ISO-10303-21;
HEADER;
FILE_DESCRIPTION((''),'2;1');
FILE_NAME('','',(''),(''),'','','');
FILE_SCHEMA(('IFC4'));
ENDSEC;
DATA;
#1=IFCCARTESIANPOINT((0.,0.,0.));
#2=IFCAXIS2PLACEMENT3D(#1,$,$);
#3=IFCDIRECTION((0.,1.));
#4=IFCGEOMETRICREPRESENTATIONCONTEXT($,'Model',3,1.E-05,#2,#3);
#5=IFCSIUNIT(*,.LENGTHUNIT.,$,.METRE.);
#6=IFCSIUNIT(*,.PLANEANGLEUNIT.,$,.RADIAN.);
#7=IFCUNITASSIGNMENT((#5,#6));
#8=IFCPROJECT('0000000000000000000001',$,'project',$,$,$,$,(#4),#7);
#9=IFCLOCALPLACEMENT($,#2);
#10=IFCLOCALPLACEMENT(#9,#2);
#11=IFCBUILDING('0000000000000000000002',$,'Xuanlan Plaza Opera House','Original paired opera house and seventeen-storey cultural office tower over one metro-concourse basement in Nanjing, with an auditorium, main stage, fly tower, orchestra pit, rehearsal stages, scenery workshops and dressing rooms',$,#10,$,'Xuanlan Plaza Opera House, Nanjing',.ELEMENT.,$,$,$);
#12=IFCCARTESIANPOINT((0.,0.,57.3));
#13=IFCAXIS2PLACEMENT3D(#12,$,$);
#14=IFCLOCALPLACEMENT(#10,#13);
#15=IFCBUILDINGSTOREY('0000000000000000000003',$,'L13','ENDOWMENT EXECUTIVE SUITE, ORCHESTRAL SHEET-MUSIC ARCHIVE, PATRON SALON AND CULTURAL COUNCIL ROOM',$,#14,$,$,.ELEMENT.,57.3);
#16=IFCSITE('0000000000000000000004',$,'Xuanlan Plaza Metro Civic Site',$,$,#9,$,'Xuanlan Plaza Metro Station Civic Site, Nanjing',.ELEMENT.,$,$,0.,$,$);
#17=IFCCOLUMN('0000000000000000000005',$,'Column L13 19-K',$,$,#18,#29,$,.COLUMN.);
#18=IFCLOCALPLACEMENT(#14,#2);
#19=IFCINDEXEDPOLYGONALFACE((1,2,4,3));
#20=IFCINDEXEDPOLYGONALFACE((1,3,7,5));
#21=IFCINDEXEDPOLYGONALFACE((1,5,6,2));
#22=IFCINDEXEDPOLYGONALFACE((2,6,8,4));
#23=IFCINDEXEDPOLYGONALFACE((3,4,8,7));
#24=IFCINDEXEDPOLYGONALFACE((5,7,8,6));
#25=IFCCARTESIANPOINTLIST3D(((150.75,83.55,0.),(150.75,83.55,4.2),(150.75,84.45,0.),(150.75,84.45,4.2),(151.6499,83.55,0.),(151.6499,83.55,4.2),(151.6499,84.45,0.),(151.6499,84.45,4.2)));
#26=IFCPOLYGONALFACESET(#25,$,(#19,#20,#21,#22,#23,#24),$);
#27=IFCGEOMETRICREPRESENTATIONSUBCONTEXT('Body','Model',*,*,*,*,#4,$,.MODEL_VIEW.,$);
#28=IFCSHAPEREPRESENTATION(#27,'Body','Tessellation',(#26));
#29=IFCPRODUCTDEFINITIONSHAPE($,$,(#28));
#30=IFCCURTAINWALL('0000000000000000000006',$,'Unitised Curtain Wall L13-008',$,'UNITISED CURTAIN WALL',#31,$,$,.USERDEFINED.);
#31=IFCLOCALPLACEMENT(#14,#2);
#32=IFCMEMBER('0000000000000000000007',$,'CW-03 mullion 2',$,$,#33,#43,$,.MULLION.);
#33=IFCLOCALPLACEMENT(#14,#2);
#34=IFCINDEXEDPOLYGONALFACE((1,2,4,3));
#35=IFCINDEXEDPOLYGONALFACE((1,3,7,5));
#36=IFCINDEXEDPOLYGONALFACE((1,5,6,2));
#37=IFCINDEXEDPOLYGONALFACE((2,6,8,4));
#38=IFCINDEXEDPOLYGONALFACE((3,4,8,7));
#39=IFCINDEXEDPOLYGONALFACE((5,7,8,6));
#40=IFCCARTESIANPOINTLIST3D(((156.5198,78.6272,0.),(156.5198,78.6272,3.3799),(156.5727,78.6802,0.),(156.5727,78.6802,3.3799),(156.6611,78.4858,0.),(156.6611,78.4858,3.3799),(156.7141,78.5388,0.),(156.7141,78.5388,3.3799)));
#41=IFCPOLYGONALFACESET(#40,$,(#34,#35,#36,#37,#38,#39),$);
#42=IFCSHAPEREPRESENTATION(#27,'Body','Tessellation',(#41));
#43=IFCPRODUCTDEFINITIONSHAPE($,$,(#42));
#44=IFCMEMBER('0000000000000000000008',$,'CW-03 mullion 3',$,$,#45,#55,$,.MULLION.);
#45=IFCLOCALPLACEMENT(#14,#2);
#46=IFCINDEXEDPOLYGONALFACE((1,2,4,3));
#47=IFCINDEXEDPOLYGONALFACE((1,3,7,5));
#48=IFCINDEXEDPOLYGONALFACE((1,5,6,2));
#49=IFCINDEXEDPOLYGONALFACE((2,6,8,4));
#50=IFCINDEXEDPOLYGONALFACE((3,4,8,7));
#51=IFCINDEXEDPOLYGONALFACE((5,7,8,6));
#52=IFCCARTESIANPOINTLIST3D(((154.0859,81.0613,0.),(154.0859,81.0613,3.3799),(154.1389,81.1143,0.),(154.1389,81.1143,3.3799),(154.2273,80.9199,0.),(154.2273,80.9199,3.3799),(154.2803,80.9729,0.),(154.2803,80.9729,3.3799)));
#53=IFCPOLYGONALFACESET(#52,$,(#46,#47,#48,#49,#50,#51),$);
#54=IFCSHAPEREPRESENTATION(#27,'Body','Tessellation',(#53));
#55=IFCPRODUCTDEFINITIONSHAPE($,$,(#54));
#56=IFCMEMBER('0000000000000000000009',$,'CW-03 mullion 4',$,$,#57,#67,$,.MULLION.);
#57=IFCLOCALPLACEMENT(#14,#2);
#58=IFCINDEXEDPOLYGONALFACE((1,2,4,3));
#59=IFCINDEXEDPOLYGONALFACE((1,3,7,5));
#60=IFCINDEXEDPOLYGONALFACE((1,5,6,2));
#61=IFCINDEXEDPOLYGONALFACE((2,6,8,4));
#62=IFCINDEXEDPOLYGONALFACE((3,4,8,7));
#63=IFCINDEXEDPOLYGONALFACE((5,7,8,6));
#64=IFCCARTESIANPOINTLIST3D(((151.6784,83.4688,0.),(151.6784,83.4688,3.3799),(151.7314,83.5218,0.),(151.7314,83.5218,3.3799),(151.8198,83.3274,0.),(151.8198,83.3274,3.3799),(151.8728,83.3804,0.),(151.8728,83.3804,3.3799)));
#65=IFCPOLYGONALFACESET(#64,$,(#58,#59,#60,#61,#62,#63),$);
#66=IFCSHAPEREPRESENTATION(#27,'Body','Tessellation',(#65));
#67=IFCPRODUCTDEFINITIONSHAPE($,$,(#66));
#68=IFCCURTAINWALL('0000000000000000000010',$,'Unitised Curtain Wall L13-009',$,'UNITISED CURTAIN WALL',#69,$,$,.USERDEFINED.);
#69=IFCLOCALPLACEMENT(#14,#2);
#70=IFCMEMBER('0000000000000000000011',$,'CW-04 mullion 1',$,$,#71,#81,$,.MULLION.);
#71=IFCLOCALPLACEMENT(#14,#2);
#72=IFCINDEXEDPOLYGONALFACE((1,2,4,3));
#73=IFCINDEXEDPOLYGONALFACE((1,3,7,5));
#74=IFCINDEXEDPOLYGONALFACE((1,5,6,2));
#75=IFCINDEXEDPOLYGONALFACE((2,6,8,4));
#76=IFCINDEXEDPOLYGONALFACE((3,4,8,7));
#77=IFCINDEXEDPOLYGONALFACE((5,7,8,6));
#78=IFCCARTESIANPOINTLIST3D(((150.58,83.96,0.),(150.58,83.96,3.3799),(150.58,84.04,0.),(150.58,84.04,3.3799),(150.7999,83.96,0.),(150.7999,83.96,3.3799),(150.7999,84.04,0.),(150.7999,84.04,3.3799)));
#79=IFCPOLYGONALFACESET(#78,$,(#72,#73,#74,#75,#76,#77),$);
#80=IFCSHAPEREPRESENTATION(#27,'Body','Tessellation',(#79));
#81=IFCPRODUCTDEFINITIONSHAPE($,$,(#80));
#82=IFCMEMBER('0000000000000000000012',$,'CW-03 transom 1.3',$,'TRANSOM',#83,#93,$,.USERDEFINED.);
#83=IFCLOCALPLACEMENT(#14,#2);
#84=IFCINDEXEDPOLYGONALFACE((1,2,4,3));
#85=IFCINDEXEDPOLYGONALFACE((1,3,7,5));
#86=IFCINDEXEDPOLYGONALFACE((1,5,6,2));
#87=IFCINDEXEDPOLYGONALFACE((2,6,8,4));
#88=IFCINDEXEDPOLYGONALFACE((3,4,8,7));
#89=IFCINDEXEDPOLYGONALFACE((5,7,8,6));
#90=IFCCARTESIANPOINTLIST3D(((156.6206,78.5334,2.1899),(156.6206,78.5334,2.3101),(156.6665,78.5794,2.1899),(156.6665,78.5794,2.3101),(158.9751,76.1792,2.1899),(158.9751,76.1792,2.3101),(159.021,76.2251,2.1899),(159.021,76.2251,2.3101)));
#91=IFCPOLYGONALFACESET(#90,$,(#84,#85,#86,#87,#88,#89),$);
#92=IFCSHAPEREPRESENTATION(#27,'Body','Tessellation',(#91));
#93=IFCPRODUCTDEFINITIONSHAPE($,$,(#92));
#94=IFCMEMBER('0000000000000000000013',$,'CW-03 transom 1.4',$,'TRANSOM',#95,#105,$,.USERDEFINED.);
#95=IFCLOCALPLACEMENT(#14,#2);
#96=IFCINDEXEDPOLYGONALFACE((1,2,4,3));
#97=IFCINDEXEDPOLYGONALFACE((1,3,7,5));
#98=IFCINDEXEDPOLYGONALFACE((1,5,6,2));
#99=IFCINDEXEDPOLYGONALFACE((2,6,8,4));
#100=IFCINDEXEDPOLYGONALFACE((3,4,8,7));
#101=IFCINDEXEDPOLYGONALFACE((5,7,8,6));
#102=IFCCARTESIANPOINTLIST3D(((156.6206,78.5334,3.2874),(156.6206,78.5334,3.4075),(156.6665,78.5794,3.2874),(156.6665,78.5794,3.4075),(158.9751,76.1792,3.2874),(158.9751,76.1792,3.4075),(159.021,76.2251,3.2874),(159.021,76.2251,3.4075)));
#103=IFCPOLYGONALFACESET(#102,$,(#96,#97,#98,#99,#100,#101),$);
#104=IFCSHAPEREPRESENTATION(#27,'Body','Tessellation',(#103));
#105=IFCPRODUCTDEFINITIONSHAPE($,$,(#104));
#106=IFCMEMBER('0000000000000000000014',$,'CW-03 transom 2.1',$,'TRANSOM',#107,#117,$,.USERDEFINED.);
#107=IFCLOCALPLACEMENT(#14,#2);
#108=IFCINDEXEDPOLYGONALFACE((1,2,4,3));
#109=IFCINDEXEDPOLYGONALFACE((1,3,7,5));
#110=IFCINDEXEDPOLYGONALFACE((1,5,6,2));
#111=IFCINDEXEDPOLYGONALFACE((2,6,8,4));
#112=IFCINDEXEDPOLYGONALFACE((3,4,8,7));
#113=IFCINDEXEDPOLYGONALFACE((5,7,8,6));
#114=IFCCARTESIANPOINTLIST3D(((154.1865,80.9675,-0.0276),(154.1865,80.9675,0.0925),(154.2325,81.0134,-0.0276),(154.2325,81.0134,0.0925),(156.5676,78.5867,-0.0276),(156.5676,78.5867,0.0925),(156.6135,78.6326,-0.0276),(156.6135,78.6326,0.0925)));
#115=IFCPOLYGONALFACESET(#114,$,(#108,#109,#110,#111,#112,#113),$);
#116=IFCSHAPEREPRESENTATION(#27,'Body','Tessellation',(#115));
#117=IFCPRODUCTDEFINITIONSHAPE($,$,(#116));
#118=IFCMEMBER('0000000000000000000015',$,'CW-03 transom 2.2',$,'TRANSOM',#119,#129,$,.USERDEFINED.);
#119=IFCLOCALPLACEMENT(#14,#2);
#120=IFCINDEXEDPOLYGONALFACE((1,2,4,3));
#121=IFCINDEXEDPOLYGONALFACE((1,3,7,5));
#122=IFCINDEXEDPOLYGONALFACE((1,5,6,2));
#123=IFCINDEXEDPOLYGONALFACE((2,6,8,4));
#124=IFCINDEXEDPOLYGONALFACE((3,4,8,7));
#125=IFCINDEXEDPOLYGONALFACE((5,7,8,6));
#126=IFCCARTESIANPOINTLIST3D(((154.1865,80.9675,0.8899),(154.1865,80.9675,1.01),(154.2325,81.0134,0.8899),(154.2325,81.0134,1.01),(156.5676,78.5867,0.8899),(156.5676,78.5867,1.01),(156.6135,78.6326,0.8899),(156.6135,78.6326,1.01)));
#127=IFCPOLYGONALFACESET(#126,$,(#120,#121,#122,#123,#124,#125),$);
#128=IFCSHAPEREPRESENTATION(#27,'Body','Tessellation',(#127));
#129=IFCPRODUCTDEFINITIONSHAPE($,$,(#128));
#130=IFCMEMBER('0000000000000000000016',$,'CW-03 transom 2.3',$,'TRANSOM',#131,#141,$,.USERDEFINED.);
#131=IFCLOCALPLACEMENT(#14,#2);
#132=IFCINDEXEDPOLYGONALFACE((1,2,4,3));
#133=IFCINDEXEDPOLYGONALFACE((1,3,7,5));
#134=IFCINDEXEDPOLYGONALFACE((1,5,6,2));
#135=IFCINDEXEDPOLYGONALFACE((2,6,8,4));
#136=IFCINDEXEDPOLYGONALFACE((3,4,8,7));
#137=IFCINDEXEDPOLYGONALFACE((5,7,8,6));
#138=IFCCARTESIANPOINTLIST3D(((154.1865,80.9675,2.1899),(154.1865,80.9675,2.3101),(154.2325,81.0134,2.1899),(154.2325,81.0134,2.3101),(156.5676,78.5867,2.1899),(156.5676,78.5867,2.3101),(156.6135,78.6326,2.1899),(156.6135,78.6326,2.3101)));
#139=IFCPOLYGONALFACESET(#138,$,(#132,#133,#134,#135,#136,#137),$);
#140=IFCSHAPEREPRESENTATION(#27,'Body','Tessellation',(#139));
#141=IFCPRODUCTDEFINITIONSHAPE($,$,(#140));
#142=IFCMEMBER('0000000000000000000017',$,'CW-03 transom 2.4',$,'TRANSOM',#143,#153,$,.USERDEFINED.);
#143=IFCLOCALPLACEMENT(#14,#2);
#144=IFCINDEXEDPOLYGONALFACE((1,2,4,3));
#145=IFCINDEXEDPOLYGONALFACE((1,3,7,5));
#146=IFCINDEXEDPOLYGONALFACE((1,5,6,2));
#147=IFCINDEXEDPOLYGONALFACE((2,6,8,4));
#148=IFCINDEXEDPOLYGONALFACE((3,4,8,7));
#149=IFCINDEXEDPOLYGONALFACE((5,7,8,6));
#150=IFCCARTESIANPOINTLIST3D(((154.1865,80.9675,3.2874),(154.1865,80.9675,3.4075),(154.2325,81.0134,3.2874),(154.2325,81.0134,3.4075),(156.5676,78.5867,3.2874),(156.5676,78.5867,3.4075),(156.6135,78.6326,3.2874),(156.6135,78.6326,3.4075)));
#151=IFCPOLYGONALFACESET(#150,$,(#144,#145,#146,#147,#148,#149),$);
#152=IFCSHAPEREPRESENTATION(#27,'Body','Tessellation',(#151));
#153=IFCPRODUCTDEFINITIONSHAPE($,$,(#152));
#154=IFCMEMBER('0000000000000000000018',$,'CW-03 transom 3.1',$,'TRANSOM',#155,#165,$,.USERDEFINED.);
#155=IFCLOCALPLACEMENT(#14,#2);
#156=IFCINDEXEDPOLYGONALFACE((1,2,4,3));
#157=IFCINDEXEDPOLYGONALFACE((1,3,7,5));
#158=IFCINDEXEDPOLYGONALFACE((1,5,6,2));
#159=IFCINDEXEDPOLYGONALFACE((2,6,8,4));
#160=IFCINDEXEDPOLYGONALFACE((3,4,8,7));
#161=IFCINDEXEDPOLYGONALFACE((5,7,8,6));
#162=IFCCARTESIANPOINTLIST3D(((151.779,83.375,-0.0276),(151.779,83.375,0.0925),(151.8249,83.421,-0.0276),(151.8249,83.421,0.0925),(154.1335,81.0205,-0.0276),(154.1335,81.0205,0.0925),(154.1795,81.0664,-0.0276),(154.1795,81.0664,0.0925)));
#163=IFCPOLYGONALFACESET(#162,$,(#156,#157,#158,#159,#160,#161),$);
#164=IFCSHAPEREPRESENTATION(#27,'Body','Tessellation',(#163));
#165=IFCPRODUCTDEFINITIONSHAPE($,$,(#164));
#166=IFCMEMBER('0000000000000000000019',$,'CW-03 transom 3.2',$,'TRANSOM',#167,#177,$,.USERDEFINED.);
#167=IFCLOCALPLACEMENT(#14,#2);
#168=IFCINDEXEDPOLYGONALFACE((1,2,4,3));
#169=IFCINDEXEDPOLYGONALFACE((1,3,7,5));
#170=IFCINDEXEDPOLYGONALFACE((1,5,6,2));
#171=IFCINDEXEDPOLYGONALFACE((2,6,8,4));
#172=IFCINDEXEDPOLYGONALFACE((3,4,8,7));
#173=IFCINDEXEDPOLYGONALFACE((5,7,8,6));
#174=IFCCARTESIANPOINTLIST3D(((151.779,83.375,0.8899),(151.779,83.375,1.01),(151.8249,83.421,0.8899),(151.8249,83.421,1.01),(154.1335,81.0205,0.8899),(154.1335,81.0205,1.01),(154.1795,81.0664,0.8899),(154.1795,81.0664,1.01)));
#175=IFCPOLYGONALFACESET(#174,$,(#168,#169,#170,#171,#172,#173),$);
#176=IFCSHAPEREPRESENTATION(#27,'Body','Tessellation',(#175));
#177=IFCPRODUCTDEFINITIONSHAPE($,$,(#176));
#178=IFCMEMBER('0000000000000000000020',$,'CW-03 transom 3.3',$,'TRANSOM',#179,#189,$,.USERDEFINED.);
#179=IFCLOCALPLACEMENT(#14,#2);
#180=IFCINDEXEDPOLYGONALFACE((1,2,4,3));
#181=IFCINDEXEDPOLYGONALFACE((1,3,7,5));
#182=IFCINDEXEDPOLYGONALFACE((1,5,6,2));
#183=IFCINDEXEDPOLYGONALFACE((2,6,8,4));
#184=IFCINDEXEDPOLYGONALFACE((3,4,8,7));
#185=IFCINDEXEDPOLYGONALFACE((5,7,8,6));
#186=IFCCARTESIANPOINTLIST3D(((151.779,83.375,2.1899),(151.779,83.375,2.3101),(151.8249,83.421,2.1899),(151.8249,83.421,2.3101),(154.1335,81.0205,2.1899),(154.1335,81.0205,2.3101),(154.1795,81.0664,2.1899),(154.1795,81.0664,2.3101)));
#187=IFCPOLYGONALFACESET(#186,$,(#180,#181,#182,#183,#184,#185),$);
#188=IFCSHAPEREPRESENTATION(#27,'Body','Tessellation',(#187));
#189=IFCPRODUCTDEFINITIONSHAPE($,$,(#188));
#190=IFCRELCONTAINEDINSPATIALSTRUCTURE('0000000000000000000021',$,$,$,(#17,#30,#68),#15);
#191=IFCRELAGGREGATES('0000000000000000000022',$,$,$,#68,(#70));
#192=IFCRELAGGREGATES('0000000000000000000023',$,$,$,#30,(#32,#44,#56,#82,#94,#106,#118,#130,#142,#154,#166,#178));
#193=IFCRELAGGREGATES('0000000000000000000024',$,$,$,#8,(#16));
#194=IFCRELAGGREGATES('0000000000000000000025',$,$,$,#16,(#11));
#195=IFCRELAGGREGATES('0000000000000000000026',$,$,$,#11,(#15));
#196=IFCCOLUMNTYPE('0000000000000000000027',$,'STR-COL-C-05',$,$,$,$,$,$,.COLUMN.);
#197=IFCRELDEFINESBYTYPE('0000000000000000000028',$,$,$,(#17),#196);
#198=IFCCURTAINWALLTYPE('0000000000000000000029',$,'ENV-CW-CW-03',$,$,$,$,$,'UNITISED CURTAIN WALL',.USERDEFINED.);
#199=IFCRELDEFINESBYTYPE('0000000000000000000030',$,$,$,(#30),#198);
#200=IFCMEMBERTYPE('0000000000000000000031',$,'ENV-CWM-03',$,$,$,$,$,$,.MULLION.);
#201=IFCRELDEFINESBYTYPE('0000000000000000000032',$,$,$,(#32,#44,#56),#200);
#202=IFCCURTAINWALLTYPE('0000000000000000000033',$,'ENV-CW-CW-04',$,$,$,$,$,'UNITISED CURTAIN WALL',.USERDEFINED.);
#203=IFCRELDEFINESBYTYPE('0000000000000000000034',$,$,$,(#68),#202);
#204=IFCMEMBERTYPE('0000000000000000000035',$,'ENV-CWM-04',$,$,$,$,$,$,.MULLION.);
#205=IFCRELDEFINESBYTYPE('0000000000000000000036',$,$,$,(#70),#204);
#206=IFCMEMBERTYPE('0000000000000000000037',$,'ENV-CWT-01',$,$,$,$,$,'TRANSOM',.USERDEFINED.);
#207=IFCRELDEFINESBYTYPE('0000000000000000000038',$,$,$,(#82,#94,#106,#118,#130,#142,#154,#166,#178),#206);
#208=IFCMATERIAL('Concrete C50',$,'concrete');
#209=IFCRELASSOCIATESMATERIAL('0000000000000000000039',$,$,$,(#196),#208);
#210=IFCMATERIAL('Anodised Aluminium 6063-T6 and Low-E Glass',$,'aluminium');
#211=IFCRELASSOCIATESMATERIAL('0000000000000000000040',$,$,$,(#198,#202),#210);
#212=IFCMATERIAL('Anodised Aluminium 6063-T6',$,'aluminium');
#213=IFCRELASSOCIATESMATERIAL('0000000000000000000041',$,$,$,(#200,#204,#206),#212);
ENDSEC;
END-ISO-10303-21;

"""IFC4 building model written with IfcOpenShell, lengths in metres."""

from ifc_helpers import new_model, si_unit, direction, frame, origin, origin_2d, place, context, subcontext, project, spatial, rectangle, extrude, material, material_profile, profile_set, type_object, element, aggregate, save


model = new_model("IFC4")

# Units and contexts
model_context = context("Model", 3, precision=1e-05, world=origin(), true_north=direction((0.0, 1.0)))
body_context = subcontext(model_context, "Body", "Model", "MODEL_VIEW")
ifc_project = project(units=[si_unit("LENGTHUNIT", "METRE"), si_unit("PLANEANGLEUNIT", "RADIAN")], contexts=[model_context])

# Site, building, storey
site_placement = place(None, origin())
site = spatial("IfcSite", under=ifc_project, at=site_placement, Name="Xuanlan Plaza Metro Civic Site", LongName="Xuanlan Plaza Metro Station Civic Site, Nanjing", CompositionType="ELEMENT", RefElevation=0.0)
building_placement = place(site_placement, origin())
building = spatial("IfcBuilding", under=site, at=building_placement, Name="Xuanlan Plaza Opera House", Description="Original paired opera house and seventeen-storey cultural office tower over one metro-concourse basement in Nanjing, with an auditorium, main stage, fly tower, orchestra pit, rehearsal stages, scenery workshops and dressing rooms", LongName="Xuanlan Plaza Opera House, Nanjing", CompositionType="ELEMENT")
storey_placement = place(building_placement, frame((0.0, 0.0, 57.3)))
storey = spatial("IfcBuildingStorey", under=building, at=storey_placement, Name="L13", Description="ENDOWMENT EXECUTIVE SUITE, ORCHESTRAL SHEET-MUSIC ARCHIVE, PATRON SALON AND CULTURAL COUNCIL ROOM", CompositionType="ELEMENT", Elevation=57.3)

# Column
ifc_material_1 = material(Name="Concrete C50", Category="concrete")
ifc_material_profile_1 = material_profile(ifc_material_1, rectangle(XDim=0.8999, YDim=0.8999, at=origin_2d()), Name="RC-COL 900x900")
ifc_profile_set_1 = profile_set([ifc_material_profile_1], Name="Concrete C50")
column_type = type_object("IfcColumnType", Name="STR-COL-C-05", PredefinedType="COLUMN", material=ifc_profile_set_1)
column_placement = place(storey_placement, frame((151.2, 84.0, 0.0), z_axis=(0.0, 0.0, 1.0), x_axis=(1.0, 0.0, 0.0)))
element("IfcColumn", 1, at=column_placement, inside=storey, type_object=column_type, Name="Column L13 19-K", PredefinedType="COLUMN", context=body_context, shape_type="SweptSolid", body=[
    extrude(rectangle(XDim=0.8999, YDim=0.8999, at=origin_2d()), origin(), (0.0, 0.0, 1.0), 4.2),
])

# Curtain wall, members
ifc_material_2 = material(Name="Anodised Aluminium 6063-T6 and Low-E Glass", Category="aluminium")
curtain_wall_type_1 = type_object("IfcCurtainWallType", Name="ENV-CW-CW-03", ElementType="UNITISED CURTAIN WALL", PredefinedType="USERDEFINED", material=ifc_material_2)
curtain_wall_1_placement = place(storey_placement, origin())
curtain_wall_1 = element("IfcCurtainWall", 2, at=curtain_wall_1_placement, inside=storey, type_object=curtain_wall_type_1, Name="Unitised Curtain Wall L13-008", ObjectType="UNITISED CURTAIN WALL", PredefinedType="USERDEFINED")
ifc_material_3 = material(Name="Anodised Aluminium 6063-T6", Category="aluminium")
ifc_material_profile_2 = material_profile(ifc_material_3, rectangle(XDim=0.075, YDim=0.2, at=origin_2d()), Name="ALU-M 75x200")
ifc_profile_set_2 = profile_set([ifc_material_profile_2], Name="Anodised Aluminium 6063-T6")
member_type_1 = type_object("IfcMemberType", Name="ENV-CWM-03", PredefinedType="MULLION", material=ifc_profile_set_2)
member_1_placement = place(storey_placement, frame((156.6169, 78.583, 0.0), z_axis=(0.0, 0.0, 1.0), x_axis=(-0.707107, -0.707107, 0.0)))
member_1 = element("IfcMember", 3, at=member_1_placement, type_object=member_type_1, Name="CW-03 mullion 2", PredefinedType="MULLION", context=body_context, shape_type="SweptSolid", body=[
    extrude(rectangle(XDim=0.075, YDim=0.2, at=origin_2d()), origin(), (0.0, 0.0, 1.0), 3.3799),
])
member_2_placement = place(storey_placement, frame((154.1831, 81.0171, 0.0), z_axis=(0.0, 0.0, 1.0), x_axis=(-0.707107, -0.707107, 0.0)))
member_2 = element("IfcMember", 4, at=member_2_placement, type_object=member_type_1, Name="CW-03 mullion 3", PredefinedType="MULLION", context=body_context, shape_type="SweptSolid", body=[
    extrude(rectangle(XDim=0.075, YDim=0.2, at=origin_2d()), origin(), (0.0, 0.0, 1.0), 3.3799),
])
member_3_placement = place(storey_placement, frame((151.7756, 83.4246, 0.0), z_axis=(0.0, 0.0, 1.0), x_axis=(-0.707107, -0.707107, 0.0)))
member_3 = element("IfcMember", 5, at=member_3_placement, type_object=member_type_1, Name="CW-03 mullion 4", PredefinedType="MULLION", context=body_context, shape_type="SweptSolid", body=[
    extrude(rectangle(XDim=0.075, YDim=0.2, at=origin_2d()), origin(), (0.0, 0.0, 1.0), 3.3799),
])

# Curtain wall, member
curtain_wall_type_2 = type_object("IfcCurtainWallType", Name="ENV-CW-CW-04", ElementType="UNITISED CURTAIN WALL", PredefinedType="USERDEFINED", material=ifc_material_2)
curtain_wall_2_placement = place(storey_placement, origin())
curtain_wall_2 = element("IfcCurtainWall", 6, at=curtain_wall_2_placement, inside=storey, type_object=curtain_wall_type_2, Name="Unitised Curtain Wall L13-009", ObjectType="UNITISED CURTAIN WALL", PredefinedType="USERDEFINED")
ifc_material_profile_3 = material_profile(ifc_material_3, rectangle(XDim=0.0801, YDim=0.22, at=origin_2d()), Name="ALU-M 80x220")
ifc_profile_set_3 = profile_set([ifc_material_profile_3], Name="Anodised Aluminium 6063-T6")
member_type_2 = type_object("IfcMemberType", Name="ENV-CWM-04", PredefinedType="MULLION", material=ifc_profile_set_3)
member_4_placement = place(storey_placement, frame((150.6899, 84.0, 0.0), z_axis=(0.0, 0.0, 1.0), x_axis=(0.0, -1.0, 0.0)))
member_4 = element("IfcMember", 7, at=member_4_placement, type_object=member_type_2, Name="CW-04 mullion 1", PredefinedType="MULLION", context=body_context, shape_type="SweptSolid", body=[
    extrude(rectangle(XDim=0.0801, YDim=0.22, at=origin_2d()), origin(), (0.0, 0.0, 1.0), 3.3799),
])

# Members
ifc_material_profile_4 = material_profile(ifc_material_3, rectangle(XDim=0.0649, YDim=0.1201, at=origin_2d()), Name="ALU-T 65x120")
ifc_profile_set_4 = profile_set([ifc_material_profile_4], Name="Anodised Aluminium 6063-T6")
member_type_3 = type_object("IfcMemberType", Name="ENV-CWT-01", ElementType="TRANSOM", PredefinedType="USERDEFINED", material=ifc_profile_set_4)
member_5_placement = place(storey_placement, frame((158.998, 76.2021, 2.25), z_axis=(-0.707143, 0.70707, 0.0), x_axis=(-0.70707, -0.707143, 0.0)))
member_5 = element("IfcMember", 8, at=member_5_placement, type_object=member_type_3, Name="CW-03 transom 1.3", ObjectType="TRANSOM", PredefinedType="USERDEFINED", context=body_context, shape_type="SweptSolid", body=[
    extrude(rectangle(XDim=0.0649, YDim=0.1201, at=origin_2d()), origin(), (0.0, 0.0, 1.0), 3.3296),
])
member_6_placement = place(storey_placement, frame((158.998, 76.2021, 3.3474), z_axis=(-0.707143, 0.70707, 0.0), x_axis=(-0.70707, -0.707143, 0.0)))
member_6 = element("IfcMember", 9, at=member_6_placement, type_object=member_type_3, Name="CW-03 transom 1.4", ObjectType="TRANSOM", PredefinedType="USERDEFINED", context=body_context, shape_type="SweptSolid", body=[
    extrude(rectangle(XDim=0.0649, YDim=0.1201, at=origin_2d()), origin(), (0.0, 0.0, 1.0), 3.3296),
])
member_7_placement = place(storey_placement, frame((156.5906, 78.6096, 0.0325), z_axis=(-0.707143, 0.707071, 0.0), x_axis=(-0.707071, -0.707143, 0.0)))
member_7 = element("IfcMember", 10, at=member_7_placement, type_object=member_type_3, Name="CW-03 transom 2.1", ObjectType="TRANSOM", PredefinedType="USERDEFINED", context=body_context, shape_type="SweptSolid", body=[
    extrude(rectangle(XDim=0.0649, YDim=0.1201, at=origin_2d()), origin(), (0.0, 0.0, 1.0), 3.3672),
])
member_8_placement = place(storey_placement, frame((156.5906, 78.6096, 0.95), z_axis=(-0.707143, 0.707071, 0.0), x_axis=(-0.707071, -0.707143, 0.0)))
member_8 = element("IfcMember", 11, at=member_8_placement, type_object=member_type_3, Name="CW-03 transom 2.2", ObjectType="TRANSOM", PredefinedType="USERDEFINED", context=body_context, shape_type="SweptSolid", body=[
    extrude(rectangle(XDim=0.0649, YDim=0.1201, at=origin_2d()), origin(), (0.0, 0.0, 1.0), 3.3672),
])
member_9_placement = place(storey_placement, frame((156.5906, 78.6096, 2.25), z_axis=(-0.707143, 0.707071, 0.0), x_axis=(-0.707071, -0.707143, 0.0)))
member_9 = element("IfcMember", 12, at=member_9_placement, type_object=member_type_3, Name="CW-03 transom 2.3", ObjectType="TRANSOM", PredefinedType="USERDEFINED", context=body_context, shape_type="SweptSolid", body=[
    extrude(rectangle(XDim=0.0649, YDim=0.1201, at=origin_2d()), origin(), (0.0, 0.0, 1.0), 3.3672),
])
member_10_placement = place(storey_placement, frame((156.5906, 78.6096, 3.3474), z_axis=(-0.707143, 0.707071, 0.0), x_axis=(-0.707071, -0.707143, 0.0)))
member_10 = element("IfcMember", 13, at=member_10_placement, type_object=member_type_3, Name="CW-03 transom 2.4", ObjectType="TRANSOM", PredefinedType="USERDEFINED", context=body_context, shape_type="SweptSolid", body=[
    extrude(rectangle(XDim=0.0649, YDim=0.1201, at=origin_2d()), origin(), (0.0, 0.0, 1.0), 3.3672),
])
member_11_placement = place(storey_placement, frame((154.1565, 81.0435, 0.0325), z_axis=(-0.707107, 0.707107, 0.0), x_axis=(-0.707107, -0.707107, 0.0)))
member_11 = element("IfcMember", 14, at=member_11_placement, type_object=member_type_3, Name="CW-03 transom 3.1", ObjectType="TRANSOM", PredefinedType="USERDEFINED", context=body_context, shape_type="SweptSolid", body=[
    extrude(rectangle(XDim=0.0649, YDim=0.1201, at=origin_2d()), origin(), (0.0, 0.0, 1.0), 3.3298),
])
member_12_placement = place(storey_placement, frame((154.1565, 81.0435, 0.95), z_axis=(-0.707107, 0.707107, 0.0), x_axis=(-0.707107, -0.707107, 0.0)))
member_12 = element("IfcMember", 15, at=member_12_placement, type_object=member_type_3, Name="CW-03 transom 3.2", ObjectType="TRANSOM", PredefinedType="USERDEFINED", context=body_context, shape_type="SweptSolid", body=[
    extrude(rectangle(XDim=0.0649, YDim=0.1201, at=origin_2d()), origin(), (0.0, 0.0, 1.0), 3.3298),
])
member_13_placement = place(storey_placement, frame((154.1565, 81.0435, 2.25), z_axis=(-0.707107, 0.707107, 0.0), x_axis=(-0.707107, -0.707107, 0.0)))
member_13 = element("IfcMember", 16, at=member_13_placement, type_object=member_type_3, Name="CW-03 transom 3.3", ObjectType="TRANSOM", PredefinedType="USERDEFINED", context=body_context, shape_type="SweptSolid", body=[
    extrude(rectangle(XDim=0.0649, YDim=0.1201, at=origin_2d()), origin(), (0.0, 0.0, 1.0), 3.3298),
])
aggregate(curtain_wall_2, [member_4])

aggregate(curtain_wall_1, [member_1, member_2, member_3, member_5, member_6, member_7, member_8, member_9, member_10, member_11, member_12, member_13])

save(model, "model.ifc")
